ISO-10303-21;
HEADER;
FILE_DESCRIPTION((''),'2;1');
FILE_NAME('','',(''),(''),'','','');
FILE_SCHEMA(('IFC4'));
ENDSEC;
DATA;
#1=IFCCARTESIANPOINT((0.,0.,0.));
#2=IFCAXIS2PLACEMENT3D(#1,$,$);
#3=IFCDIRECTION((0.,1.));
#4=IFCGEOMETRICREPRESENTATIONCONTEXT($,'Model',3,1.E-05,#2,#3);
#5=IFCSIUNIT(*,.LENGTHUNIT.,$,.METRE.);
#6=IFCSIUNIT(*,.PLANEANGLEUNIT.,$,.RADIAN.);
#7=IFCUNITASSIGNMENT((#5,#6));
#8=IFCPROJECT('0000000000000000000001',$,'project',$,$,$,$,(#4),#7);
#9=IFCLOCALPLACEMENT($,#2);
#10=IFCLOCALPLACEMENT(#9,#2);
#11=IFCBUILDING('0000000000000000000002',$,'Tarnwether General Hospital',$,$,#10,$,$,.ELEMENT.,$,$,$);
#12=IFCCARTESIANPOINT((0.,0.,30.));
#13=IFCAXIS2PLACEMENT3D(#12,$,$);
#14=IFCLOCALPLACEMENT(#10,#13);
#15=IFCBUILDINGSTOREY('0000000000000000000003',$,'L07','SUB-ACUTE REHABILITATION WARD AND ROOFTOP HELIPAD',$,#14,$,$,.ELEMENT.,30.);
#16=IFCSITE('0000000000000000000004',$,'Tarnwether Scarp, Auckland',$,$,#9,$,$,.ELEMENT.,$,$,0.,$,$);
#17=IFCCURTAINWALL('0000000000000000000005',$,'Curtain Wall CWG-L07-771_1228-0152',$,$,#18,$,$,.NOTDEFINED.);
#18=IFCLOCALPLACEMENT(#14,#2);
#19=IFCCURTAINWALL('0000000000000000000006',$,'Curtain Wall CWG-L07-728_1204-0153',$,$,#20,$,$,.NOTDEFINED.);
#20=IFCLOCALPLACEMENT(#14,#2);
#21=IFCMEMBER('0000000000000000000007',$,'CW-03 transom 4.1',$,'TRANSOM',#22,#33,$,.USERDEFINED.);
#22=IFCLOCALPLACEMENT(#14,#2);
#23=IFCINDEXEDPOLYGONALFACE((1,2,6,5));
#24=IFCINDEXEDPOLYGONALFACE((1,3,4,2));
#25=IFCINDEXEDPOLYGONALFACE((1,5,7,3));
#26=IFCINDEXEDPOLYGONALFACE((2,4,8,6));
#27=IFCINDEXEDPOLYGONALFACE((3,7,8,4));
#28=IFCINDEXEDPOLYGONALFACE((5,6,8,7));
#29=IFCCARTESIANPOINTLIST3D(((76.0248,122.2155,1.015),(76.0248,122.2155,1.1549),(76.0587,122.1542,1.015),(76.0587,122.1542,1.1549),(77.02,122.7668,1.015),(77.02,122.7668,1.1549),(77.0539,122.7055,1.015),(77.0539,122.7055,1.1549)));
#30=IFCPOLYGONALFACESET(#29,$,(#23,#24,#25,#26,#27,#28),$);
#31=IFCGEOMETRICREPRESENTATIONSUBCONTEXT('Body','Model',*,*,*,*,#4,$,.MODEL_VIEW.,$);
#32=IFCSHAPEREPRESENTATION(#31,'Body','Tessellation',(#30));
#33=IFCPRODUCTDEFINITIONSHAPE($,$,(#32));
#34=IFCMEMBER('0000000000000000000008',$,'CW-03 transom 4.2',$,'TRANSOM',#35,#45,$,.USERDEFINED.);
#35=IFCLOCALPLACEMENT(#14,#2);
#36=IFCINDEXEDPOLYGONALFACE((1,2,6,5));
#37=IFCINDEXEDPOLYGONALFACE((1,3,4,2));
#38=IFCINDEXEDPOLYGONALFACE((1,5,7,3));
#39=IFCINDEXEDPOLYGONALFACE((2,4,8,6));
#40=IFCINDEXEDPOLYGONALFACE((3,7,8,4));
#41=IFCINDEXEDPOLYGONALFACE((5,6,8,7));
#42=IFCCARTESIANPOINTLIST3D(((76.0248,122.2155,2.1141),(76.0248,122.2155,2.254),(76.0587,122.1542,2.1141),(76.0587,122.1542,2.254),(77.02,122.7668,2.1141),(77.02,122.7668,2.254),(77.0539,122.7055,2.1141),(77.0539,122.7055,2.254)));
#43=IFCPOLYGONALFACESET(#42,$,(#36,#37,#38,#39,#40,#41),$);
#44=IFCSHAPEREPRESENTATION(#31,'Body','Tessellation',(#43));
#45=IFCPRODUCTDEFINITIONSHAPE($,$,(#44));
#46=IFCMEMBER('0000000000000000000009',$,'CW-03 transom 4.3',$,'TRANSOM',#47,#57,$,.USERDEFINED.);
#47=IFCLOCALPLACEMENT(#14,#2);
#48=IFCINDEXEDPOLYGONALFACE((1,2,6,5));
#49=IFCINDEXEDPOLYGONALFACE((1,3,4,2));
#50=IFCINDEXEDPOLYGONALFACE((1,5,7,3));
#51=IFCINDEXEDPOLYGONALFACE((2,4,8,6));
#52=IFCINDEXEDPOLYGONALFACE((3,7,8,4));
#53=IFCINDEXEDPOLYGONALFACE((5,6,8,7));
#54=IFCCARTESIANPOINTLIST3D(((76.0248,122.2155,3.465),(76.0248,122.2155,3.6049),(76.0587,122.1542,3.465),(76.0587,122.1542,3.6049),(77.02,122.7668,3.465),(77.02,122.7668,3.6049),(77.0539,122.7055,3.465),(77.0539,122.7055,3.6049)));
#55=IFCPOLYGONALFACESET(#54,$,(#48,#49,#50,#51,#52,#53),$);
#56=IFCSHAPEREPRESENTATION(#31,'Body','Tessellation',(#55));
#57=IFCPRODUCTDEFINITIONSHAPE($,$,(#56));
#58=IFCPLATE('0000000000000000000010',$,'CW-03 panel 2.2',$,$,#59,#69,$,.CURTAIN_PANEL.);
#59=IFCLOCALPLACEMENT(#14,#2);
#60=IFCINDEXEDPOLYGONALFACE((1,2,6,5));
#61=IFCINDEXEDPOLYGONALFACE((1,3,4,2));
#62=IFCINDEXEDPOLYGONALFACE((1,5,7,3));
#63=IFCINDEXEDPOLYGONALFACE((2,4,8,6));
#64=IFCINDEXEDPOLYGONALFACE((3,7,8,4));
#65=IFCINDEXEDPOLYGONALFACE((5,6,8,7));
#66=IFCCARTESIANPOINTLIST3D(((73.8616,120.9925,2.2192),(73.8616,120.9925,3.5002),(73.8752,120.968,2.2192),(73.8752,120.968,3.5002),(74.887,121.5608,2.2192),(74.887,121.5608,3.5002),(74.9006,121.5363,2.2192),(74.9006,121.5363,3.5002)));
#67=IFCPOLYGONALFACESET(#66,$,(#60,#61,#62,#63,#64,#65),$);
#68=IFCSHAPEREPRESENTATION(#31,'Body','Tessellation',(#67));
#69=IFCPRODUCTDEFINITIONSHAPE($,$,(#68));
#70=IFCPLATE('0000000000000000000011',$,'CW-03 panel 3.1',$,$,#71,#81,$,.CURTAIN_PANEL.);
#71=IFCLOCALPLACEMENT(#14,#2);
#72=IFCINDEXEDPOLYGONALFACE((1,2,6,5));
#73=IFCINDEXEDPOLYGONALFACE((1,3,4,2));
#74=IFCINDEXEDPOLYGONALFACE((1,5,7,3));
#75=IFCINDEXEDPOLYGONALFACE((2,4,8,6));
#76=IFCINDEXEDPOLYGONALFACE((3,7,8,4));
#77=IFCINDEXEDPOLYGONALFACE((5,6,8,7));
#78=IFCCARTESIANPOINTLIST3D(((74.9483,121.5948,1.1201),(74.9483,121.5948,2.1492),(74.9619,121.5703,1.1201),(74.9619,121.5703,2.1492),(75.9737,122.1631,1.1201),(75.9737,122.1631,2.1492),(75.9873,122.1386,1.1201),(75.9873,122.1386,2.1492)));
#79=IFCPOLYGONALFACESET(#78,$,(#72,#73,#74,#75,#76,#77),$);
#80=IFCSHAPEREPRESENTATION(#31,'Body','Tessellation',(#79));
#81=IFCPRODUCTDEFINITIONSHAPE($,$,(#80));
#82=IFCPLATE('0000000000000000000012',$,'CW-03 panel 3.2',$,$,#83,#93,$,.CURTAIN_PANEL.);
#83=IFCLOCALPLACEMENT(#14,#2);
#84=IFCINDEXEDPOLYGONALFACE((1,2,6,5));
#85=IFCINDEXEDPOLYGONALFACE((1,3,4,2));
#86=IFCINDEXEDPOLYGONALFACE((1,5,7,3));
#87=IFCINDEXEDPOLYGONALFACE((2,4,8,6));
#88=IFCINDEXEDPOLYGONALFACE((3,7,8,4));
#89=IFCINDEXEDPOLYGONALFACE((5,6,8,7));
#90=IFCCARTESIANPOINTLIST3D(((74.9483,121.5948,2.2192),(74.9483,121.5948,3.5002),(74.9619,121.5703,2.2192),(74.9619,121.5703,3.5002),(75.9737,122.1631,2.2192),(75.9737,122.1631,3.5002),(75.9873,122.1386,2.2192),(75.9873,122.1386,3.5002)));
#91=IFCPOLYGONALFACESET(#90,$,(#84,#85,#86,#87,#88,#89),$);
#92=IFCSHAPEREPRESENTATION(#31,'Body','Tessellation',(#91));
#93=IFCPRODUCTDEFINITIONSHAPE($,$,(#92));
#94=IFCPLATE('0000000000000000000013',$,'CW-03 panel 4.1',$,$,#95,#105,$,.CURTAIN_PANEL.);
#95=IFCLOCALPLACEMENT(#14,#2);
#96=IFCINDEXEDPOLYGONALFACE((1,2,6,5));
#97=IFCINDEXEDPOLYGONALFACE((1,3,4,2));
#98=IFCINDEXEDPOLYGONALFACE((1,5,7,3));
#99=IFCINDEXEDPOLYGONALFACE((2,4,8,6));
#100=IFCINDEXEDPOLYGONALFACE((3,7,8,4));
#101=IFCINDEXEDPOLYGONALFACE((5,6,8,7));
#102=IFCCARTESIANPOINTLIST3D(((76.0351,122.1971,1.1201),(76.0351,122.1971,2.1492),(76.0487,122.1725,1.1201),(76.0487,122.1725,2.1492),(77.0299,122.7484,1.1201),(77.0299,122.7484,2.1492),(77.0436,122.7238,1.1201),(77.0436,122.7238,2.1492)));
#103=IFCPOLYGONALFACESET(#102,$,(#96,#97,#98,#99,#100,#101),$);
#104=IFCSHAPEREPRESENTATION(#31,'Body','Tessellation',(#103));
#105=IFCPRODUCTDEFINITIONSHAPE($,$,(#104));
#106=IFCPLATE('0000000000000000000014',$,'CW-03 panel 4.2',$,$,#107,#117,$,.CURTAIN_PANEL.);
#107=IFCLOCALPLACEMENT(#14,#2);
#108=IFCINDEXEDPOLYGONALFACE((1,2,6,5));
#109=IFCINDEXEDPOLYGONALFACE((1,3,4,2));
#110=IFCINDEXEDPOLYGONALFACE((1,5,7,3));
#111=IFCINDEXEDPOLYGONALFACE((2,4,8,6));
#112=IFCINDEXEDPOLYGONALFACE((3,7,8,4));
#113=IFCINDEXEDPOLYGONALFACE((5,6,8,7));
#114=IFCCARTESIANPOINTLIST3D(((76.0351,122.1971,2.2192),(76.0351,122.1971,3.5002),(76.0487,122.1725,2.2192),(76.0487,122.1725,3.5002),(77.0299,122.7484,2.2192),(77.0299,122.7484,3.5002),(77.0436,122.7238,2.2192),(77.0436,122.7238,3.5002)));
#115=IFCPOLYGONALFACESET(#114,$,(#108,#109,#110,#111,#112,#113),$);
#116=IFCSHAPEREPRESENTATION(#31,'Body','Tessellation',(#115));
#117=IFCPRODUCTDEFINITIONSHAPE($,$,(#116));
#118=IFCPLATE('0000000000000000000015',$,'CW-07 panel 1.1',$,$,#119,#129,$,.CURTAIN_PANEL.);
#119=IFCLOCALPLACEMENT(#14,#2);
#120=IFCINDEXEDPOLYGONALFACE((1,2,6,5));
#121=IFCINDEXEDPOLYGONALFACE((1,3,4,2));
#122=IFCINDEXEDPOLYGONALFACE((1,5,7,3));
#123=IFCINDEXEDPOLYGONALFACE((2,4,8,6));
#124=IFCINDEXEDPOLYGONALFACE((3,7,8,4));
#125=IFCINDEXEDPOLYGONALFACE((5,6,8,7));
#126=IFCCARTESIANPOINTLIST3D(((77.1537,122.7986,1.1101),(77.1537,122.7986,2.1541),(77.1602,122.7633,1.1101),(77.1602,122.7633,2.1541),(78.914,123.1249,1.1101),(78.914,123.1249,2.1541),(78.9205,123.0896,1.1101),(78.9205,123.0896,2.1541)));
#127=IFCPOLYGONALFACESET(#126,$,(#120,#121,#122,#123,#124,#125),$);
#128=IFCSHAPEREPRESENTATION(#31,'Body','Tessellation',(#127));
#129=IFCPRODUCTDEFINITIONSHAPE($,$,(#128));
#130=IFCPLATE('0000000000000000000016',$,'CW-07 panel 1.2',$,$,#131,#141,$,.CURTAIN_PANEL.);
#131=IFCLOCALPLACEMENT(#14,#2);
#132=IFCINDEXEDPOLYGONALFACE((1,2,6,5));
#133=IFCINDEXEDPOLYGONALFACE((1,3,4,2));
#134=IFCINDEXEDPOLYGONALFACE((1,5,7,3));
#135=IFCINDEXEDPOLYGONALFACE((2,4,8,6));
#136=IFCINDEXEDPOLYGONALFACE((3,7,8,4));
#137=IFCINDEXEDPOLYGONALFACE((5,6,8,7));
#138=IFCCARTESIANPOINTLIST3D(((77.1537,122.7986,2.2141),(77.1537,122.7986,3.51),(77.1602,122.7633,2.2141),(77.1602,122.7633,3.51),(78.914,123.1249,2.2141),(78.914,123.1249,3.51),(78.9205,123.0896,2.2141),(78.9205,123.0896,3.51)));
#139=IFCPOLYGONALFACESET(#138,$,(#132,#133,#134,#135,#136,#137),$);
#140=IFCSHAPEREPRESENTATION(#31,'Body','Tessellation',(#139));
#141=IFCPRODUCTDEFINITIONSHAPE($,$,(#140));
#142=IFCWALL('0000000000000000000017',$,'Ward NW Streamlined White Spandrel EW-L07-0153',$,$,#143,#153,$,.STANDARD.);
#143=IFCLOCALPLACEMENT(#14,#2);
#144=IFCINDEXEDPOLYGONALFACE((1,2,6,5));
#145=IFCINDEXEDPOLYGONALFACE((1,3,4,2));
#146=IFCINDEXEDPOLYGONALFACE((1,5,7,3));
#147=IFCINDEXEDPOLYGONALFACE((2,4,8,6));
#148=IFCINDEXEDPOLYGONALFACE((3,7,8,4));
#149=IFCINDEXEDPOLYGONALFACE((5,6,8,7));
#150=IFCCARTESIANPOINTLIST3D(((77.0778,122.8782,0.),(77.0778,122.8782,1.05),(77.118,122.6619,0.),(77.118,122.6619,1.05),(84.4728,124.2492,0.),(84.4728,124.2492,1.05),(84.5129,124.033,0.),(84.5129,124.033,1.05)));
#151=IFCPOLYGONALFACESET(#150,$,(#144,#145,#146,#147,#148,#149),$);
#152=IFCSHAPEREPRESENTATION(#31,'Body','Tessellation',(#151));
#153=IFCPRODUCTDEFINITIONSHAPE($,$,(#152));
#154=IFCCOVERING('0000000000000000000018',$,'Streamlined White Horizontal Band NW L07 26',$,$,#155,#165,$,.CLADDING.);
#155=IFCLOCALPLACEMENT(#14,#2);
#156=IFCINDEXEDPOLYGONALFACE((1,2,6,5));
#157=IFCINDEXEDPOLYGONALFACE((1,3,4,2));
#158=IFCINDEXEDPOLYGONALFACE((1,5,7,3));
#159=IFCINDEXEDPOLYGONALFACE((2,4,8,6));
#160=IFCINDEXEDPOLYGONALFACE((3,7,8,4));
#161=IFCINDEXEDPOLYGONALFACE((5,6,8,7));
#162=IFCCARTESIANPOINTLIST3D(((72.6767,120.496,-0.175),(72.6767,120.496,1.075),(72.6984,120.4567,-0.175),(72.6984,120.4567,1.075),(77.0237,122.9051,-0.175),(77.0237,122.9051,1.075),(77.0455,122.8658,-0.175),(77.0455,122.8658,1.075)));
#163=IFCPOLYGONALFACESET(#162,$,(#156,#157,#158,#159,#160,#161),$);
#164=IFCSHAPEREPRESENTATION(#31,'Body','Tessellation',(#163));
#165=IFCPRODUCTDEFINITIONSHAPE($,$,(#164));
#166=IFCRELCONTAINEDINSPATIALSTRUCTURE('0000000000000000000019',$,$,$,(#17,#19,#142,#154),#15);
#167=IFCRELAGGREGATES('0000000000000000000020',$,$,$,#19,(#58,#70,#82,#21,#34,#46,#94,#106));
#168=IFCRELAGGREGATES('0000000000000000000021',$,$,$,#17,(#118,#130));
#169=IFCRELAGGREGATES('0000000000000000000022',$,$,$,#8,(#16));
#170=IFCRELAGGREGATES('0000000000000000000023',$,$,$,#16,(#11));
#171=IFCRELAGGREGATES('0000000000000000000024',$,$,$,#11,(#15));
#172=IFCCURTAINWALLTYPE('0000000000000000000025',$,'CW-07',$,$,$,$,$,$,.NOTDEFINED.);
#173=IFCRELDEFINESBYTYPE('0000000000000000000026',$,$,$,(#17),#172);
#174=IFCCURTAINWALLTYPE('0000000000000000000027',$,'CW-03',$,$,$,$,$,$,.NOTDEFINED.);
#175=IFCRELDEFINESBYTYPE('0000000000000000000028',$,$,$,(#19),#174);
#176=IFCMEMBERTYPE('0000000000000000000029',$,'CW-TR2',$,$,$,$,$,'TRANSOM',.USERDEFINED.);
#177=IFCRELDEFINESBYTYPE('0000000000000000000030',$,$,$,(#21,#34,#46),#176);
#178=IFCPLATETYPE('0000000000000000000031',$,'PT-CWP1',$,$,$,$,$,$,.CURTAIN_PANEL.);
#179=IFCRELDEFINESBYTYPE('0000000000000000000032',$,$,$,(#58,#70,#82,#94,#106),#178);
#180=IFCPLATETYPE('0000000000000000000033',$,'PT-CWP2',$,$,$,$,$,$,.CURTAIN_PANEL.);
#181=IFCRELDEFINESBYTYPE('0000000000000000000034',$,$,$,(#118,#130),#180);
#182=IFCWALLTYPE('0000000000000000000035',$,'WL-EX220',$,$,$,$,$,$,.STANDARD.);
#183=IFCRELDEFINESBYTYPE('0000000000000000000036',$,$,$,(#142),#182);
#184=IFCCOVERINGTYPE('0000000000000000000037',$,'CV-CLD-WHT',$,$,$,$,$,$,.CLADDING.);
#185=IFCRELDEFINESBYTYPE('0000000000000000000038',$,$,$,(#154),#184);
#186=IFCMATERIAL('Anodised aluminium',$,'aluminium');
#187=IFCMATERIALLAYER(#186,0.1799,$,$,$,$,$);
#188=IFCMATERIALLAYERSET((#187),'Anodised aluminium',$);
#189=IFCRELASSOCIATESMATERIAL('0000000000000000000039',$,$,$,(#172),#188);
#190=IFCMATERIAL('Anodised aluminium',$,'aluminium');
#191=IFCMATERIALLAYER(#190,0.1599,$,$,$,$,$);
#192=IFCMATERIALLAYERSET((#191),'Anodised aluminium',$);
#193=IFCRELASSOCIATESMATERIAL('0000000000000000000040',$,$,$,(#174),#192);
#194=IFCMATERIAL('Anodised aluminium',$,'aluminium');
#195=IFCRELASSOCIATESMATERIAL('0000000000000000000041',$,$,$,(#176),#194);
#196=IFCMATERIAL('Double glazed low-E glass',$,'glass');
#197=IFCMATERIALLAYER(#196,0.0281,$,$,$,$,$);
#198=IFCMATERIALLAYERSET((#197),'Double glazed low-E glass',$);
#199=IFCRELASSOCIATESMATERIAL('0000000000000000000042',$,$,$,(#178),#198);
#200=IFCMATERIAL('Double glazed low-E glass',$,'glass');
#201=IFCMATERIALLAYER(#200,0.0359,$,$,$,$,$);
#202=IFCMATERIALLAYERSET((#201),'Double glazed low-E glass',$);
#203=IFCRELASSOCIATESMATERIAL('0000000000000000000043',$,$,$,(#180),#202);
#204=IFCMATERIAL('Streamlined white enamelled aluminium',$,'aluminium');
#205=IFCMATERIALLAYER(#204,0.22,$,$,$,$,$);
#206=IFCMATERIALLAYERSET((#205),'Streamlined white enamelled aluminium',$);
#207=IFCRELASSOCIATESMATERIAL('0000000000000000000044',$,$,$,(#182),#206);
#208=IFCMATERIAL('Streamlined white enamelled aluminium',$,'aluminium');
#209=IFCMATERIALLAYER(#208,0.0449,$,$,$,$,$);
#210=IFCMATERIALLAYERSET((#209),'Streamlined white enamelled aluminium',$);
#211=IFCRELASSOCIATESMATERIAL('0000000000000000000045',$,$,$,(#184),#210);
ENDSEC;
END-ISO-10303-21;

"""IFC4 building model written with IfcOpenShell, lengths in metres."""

from ifc_helpers import new_model, si_unit, direction, frame, frame_2d, origin, origin_2d, place, context, subcontext, project, spatial, rectangle, extrude, material, layer, layer_set, material_profile, profile_set, type_object, element, aggregate, save


model = new_model("IFC4")

# Units and contexts
model_context = context("Model", 3, precision=1e-05, world=origin(), true_north=direction((0.0, 1.0)))
body_context = subcontext(model_context, "Body", "Model", "MODEL_VIEW")
ifc_project = project(units=[si_unit("LENGTHUNIT", "METRE"), si_unit("PLANEANGLEUNIT", "RADIAN")], contexts=[model_context])

# Site, building, storey
site_placement = place(None, origin())
site = spatial("IfcSite", under=ifc_project, at=site_placement, Name="Tarnwether Scarp, Auckland", CompositionType="ELEMENT", RefElevation=0.0)
building_placement = place(site_placement, origin())
building = spatial("IfcBuilding", under=site, at=building_placement, Name="Tarnwether General Hospital", CompositionType="ELEMENT")
storey_placement = place(building_placement, frame((0.0, 0.0, 30.0)))
storey = spatial("IfcBuildingStorey", under=building, at=storey_placement, Name="L07", Description="SUB-ACUTE REHABILITATION WARD AND ROOFTOP HELIPAD", CompositionType="ELEMENT", Elevation=30.0)

# Curtain walls
ifc_material_1 = material(Name="Anodised aluminium", Category="aluminium")
ifc_layer_1 = layer(ifc_material_1, 0.1799)
ifc_layer_set_1 = layer_set([ifc_layer_1], Name="Anodised aluminium")
curtain_wall_type_1 = type_object("IfcCurtainWallType", Name="CW-07", PredefinedType="NOTDEFINED", material=ifc_layer_set_1)
curtain_wall_1_placement = place(storey_placement, origin())
curtain_wall_1 = element("IfcCurtainWall", 1, at=curtain_wall_1_placement, inside=storey, type_object=curtain_wall_type_1, Name="Curtain Wall CWG-L07-771_1228-0152", PredefinedType="NOTDEFINED")
ifc_material_2 = material(Name="Anodised aluminium", Category="aluminium")
ifc_layer_2 = layer(ifc_material_2, 0.1599)
ifc_layer_set_2 = layer_set([ifc_layer_2], Name="Anodised aluminium")
curtain_wall_type_2 = type_object("IfcCurtainWallType", Name="CW-03", PredefinedType="NOTDEFINED", material=ifc_layer_set_2)
curtain_wall_2_placement = place(storey_placement, origin())
curtain_wall_2 = element("IfcCurtainWall", 2, at=curtain_wall_2_placement, inside=storey, type_object=curtain_wall_type_2, Name="Curtain Wall CWG-L07-728_1204-0153", PredefinedType="NOTDEFINED")

# Members
ifc_material_3 = material(Name="Anodised aluminium", Category="aluminium")
ifc_material_profile_1 = material_profile(ifc_material_3, rectangle(XDim=0.0701, YDim=0.1399, at=origin_2d()), Name="ALU-TRN-70x140")
ifc_profile_set_1 = profile_set([ifc_material_profile_1], Name="Anodised aluminium")
member_type_1 = type_object("IfcMemberType", Name="CW-TR2", ElementType="TRANSOM", PredefinedType="USERDEFINED", material=ifc_profile_set_1)
member_1_placement = place(storey_placement, frame((76.0417, 122.1848, 1.085), z_axis=(0.874744, 0.484586, 0.0), x_axis=(-0.484586, 0.874744, 0.0)))
member_1 = element("IfcMember", 3, at=member_1_placement, type_object=member_type_1, Name="CW-03 transom 4.1", ObjectType="TRANSOM", PredefinedType="USERDEFINED", context=body_context, shape_type="SweptSolid", body=[
    extrude(rectangle(XDim=0.0701, YDim=0.1399, at=origin_2d()), origin(), (0.0, 0.0, 1.0), 1.1377),
])
member_2_placement = place(storey_placement, frame((76.0417, 122.1848, 2.1841), z_axis=(0.874744, 0.484586, 0.0), x_axis=(-0.484586, 0.874744, 0.0)))
member_2 = element("IfcMember", 4, at=member_2_placement, type_object=member_type_1, Name="CW-03 transom 4.2", ObjectType="TRANSOM", PredefinedType="USERDEFINED", context=body_context, shape_type="SweptSolid", body=[
    extrude(rectangle(XDim=0.0701, YDim=0.1399, at=origin_2d()), origin(), (0.0, 0.0, 1.0), 1.1377),
])
member_3_placement = place(storey_placement, frame((76.0417, 122.1848, 3.5349), z_axis=(0.874744, 0.484586, 0.0), x_axis=(-0.484586, 0.874744, 0.0)))
member_3 = element("IfcMember", 5, at=member_3_placement, type_object=member_type_1, Name="CW-03 transom 4.3", ObjectType="TRANSOM", PredefinedType="USERDEFINED", context=body_context, shape_type="SweptSolid", body=[
    extrude(rectangle(XDim=0.0701, YDim=0.1399, at=origin_2d()), origin(), (0.0, 0.0, 1.0), 1.1377),
])

# Plates
ifc_material_4 = material(Name="Double glazed low-E glass", Category="glass")
ifc_layer_3 = layer(ifc_material_4, 0.0281)
ifc_layer_set_3 = layer_set([ifc_layer_3], Name="Double glazed low-E glass")
plate_type_1 = type_object("IfcPlateType", Name="PT-CWP1", PredefinedType="CURTAIN_PANEL", material=ifc_layer_set_3)
plate_1_placement = place(storey_placement, frame((74.3811, 121.2644, 2.2192), z_axis=(0.0, 0.0, 1.0), x_axis=(0.874669, 0.48472, 0.0)))
plate_1 = element("IfcPlate", 6, at=plate_1_placement, type_object=plate_type_1, Name="CW-03 panel 2.2", PredefinedType="CURTAIN_PANEL", context=body_context, shape_type="SweptSolid", body=[
    extrude(rectangle(XDim=1.1724, YDim=0.0281, at=origin_2d()), origin(), (0.0, 0.0, 1.0), 1.281),
])
plate_2_placement = place(storey_placement, frame((75.4678, 121.8667, 1.1201), z_axis=(0.0, 0.0, 1.0), x_axis=(0.874669, 0.48472, 0.0)))
plate_2 = element("IfcPlate", 7, at=plate_2_placement, type_object=plate_type_1, Name="CW-03 panel 3.1", PredefinedType="CURTAIN_PANEL", context=body_context, shape_type="SweptSolid", body=[
    extrude(rectangle(XDim=1.1724, YDim=0.0281, at=origin_2d()), origin(), (0.0, 0.0, 1.0), 1.0291),
])
plate_3_placement = place(storey_placement, frame((75.4678, 121.8667, 2.2192), z_axis=(0.0, 0.0, 1.0), x_axis=(0.874669, 0.48472, 0.0)))
plate_3 = element("IfcPlate", 8, at=plate_3_placement, type_object=plate_type_1, Name="CW-03 panel 3.2", PredefinedType="CURTAIN_PANEL", context=body_context, shape_type="SweptSolid", body=[
    extrude(rectangle(XDim=1.1724, YDim=0.0281, at=origin_2d()), origin(), (0.0, 0.0, 1.0), 1.281),
])
plate_4_placement = place(storey_placement, frame((76.5393, 122.4604, 1.1201), z_axis=(0.0, 0.0, 1.0), x_axis=(0.874669, 0.48472, 0.0)))
plate_4 = element("IfcPlate", 9, at=plate_4_placement, type_object=plate_type_1, Name="CW-03 panel 4.1", PredefinedType="CURTAIN_PANEL", context=body_context, shape_type="SweptSolid", body=[
    extrude(rectangle(XDim=1.1375, YDim=0.0281, at=origin_2d()), origin(), (0.0, 0.0, 1.0), 1.0291),
])
plate_5_placement = place(storey_placement, frame((76.5393, 122.4604, 2.2192), z_axis=(0.0, 0.0, 1.0), x_axis=(0.874669, 0.48472, 0.0)))
plate_5 = element("IfcPlate", 10, at=plate_5_placement, type_object=plate_type_1, Name="CW-03 panel 4.2", PredefinedType="CURTAIN_PANEL", context=body_context, shape_type="SweptSolid", body=[
    extrude(rectangle(XDim=1.1375, YDim=0.0281, at=origin_2d()), origin(), (0.0, 0.0, 1.0), 1.281),
])
aggregate(curtain_wall_2, [plate_1, plate_2, plate_3, member_1, member_2, member_3, plate_4, plate_5])
ifc_material_5 = material(Name="Double glazed low-E glass", Category="glass")
ifc_layer_4 = layer(ifc_material_5, 0.0359)
ifc_layer_set_4 = layer_set([ifc_layer_4], Name="Double glazed low-E glass")
plate_type_2 = type_object("IfcPlateType", Name="PT-CWP2", PredefinedType="CURTAIN_PANEL", material=ifc_layer_set_4)
plate_6_placement = place(storey_placement, frame((78.0371, 122.9441, 1.1101), z_axis=(0.0, 0.0, 1.0), x_axis=(0.983245, 0.182289, 0.0)))
plate_6 = element("IfcPlate", 11, at=plate_6_placement, type_object=plate_type_2, Name="CW-07 panel 1.1", PredefinedType="CURTAIN_PANEL", context=body_context, shape_type="SweptSolid", body=[
    extrude(rectangle(XDim=1.7903, YDim=0.0359, at=origin_2d()), origin(), (0.0, 0.0, 1.0), 1.0439),
])
plate_7_placement = place(storey_placement, frame((78.0371, 122.9441, 2.2141), z_axis=(0.0, 0.0, 1.0), x_axis=(0.983245, 0.182289, 0.0)))
plate_7 = element("IfcPlate", 12, at=plate_7_placement, type_object=plate_type_2, Name="CW-07 panel 1.2", PredefinedType="CURTAIN_PANEL", context=body_context, shape_type="SweptSolid", body=[
    extrude(rectangle(XDim=1.7903, YDim=0.0359, at=origin_2d()), origin(), (0.0, 0.0, 1.0), 1.2959),
])
aggregate(curtain_wall_1, [plate_6, plate_7])

# Wall
ifc_material_6 = material(Name="Streamlined white enamelled aluminium", Category="aluminium")
ifc_layer_5 = layer(ifc_material_6, 0.22)
ifc_layer_set_5 = layer_set([ifc_layer_5], Name="Streamlined white enamelled aluminium")
wall_type = type_object("IfcWallType", Name="WL-EX220", PredefinedType="STANDARD", material=ifc_layer_set_5)
wall_placement = place(storey_placement, frame((77.0979, 122.77, 0.0), z_axis=(0.0, 0.0, 1.0), x_axis=(0.983243, 0.182301, 0.0)))
element("IfcWall", 13, at=wall_placement, inside=storey, type_object=wall_type, Name="Ward NW Streamlined White Spandrel EW-L07-0153", PredefinedType="STANDARD", context=body_context, shape_type="SweptSolid", body=[
    extrude(rectangle(XDim=7.521, YDim=0.22, at=frame_2d((3.7605, 0.0))), origin(), (0.0, 0.0, 1.0), 1.05),
])

# Covering
ifc_material_7 = material(Name="Streamlined white enamelled aluminium", Category="aluminium")
ifc_layer_6 = layer(ifc_material_7, 0.0449)
ifc_layer_set_6 = layer_set([ifc_layer_6], Name="Streamlined white enamelled aluminium")
covering_type = type_object("IfcCoveringType", Name="CV-CLD-WHT", PredefinedType="CLADDING", material=ifc_layer_set_6)
covering_placement = place(storey_placement, frame((74.8611, 121.6809, -0.175), z_axis=(0.0, 0.0, 1.0), x_axis=(0.87467, 0.484718, 0.0)))
element("IfcCovering", 14, at=covering_placement, inside=storey, type_object=covering_type, Name="Streamlined White Horizontal Band NW L07 26", PredefinedType="CLADDING", context=body_context, shape_type="SweptSolid", body=[
    extrude(rectangle(XDim=4.97, YDim=0.0449, at=origin_2d()), origin(), (0.0, 0.0, 1.0), 1.25),
])

save(model, "model.ifc")
